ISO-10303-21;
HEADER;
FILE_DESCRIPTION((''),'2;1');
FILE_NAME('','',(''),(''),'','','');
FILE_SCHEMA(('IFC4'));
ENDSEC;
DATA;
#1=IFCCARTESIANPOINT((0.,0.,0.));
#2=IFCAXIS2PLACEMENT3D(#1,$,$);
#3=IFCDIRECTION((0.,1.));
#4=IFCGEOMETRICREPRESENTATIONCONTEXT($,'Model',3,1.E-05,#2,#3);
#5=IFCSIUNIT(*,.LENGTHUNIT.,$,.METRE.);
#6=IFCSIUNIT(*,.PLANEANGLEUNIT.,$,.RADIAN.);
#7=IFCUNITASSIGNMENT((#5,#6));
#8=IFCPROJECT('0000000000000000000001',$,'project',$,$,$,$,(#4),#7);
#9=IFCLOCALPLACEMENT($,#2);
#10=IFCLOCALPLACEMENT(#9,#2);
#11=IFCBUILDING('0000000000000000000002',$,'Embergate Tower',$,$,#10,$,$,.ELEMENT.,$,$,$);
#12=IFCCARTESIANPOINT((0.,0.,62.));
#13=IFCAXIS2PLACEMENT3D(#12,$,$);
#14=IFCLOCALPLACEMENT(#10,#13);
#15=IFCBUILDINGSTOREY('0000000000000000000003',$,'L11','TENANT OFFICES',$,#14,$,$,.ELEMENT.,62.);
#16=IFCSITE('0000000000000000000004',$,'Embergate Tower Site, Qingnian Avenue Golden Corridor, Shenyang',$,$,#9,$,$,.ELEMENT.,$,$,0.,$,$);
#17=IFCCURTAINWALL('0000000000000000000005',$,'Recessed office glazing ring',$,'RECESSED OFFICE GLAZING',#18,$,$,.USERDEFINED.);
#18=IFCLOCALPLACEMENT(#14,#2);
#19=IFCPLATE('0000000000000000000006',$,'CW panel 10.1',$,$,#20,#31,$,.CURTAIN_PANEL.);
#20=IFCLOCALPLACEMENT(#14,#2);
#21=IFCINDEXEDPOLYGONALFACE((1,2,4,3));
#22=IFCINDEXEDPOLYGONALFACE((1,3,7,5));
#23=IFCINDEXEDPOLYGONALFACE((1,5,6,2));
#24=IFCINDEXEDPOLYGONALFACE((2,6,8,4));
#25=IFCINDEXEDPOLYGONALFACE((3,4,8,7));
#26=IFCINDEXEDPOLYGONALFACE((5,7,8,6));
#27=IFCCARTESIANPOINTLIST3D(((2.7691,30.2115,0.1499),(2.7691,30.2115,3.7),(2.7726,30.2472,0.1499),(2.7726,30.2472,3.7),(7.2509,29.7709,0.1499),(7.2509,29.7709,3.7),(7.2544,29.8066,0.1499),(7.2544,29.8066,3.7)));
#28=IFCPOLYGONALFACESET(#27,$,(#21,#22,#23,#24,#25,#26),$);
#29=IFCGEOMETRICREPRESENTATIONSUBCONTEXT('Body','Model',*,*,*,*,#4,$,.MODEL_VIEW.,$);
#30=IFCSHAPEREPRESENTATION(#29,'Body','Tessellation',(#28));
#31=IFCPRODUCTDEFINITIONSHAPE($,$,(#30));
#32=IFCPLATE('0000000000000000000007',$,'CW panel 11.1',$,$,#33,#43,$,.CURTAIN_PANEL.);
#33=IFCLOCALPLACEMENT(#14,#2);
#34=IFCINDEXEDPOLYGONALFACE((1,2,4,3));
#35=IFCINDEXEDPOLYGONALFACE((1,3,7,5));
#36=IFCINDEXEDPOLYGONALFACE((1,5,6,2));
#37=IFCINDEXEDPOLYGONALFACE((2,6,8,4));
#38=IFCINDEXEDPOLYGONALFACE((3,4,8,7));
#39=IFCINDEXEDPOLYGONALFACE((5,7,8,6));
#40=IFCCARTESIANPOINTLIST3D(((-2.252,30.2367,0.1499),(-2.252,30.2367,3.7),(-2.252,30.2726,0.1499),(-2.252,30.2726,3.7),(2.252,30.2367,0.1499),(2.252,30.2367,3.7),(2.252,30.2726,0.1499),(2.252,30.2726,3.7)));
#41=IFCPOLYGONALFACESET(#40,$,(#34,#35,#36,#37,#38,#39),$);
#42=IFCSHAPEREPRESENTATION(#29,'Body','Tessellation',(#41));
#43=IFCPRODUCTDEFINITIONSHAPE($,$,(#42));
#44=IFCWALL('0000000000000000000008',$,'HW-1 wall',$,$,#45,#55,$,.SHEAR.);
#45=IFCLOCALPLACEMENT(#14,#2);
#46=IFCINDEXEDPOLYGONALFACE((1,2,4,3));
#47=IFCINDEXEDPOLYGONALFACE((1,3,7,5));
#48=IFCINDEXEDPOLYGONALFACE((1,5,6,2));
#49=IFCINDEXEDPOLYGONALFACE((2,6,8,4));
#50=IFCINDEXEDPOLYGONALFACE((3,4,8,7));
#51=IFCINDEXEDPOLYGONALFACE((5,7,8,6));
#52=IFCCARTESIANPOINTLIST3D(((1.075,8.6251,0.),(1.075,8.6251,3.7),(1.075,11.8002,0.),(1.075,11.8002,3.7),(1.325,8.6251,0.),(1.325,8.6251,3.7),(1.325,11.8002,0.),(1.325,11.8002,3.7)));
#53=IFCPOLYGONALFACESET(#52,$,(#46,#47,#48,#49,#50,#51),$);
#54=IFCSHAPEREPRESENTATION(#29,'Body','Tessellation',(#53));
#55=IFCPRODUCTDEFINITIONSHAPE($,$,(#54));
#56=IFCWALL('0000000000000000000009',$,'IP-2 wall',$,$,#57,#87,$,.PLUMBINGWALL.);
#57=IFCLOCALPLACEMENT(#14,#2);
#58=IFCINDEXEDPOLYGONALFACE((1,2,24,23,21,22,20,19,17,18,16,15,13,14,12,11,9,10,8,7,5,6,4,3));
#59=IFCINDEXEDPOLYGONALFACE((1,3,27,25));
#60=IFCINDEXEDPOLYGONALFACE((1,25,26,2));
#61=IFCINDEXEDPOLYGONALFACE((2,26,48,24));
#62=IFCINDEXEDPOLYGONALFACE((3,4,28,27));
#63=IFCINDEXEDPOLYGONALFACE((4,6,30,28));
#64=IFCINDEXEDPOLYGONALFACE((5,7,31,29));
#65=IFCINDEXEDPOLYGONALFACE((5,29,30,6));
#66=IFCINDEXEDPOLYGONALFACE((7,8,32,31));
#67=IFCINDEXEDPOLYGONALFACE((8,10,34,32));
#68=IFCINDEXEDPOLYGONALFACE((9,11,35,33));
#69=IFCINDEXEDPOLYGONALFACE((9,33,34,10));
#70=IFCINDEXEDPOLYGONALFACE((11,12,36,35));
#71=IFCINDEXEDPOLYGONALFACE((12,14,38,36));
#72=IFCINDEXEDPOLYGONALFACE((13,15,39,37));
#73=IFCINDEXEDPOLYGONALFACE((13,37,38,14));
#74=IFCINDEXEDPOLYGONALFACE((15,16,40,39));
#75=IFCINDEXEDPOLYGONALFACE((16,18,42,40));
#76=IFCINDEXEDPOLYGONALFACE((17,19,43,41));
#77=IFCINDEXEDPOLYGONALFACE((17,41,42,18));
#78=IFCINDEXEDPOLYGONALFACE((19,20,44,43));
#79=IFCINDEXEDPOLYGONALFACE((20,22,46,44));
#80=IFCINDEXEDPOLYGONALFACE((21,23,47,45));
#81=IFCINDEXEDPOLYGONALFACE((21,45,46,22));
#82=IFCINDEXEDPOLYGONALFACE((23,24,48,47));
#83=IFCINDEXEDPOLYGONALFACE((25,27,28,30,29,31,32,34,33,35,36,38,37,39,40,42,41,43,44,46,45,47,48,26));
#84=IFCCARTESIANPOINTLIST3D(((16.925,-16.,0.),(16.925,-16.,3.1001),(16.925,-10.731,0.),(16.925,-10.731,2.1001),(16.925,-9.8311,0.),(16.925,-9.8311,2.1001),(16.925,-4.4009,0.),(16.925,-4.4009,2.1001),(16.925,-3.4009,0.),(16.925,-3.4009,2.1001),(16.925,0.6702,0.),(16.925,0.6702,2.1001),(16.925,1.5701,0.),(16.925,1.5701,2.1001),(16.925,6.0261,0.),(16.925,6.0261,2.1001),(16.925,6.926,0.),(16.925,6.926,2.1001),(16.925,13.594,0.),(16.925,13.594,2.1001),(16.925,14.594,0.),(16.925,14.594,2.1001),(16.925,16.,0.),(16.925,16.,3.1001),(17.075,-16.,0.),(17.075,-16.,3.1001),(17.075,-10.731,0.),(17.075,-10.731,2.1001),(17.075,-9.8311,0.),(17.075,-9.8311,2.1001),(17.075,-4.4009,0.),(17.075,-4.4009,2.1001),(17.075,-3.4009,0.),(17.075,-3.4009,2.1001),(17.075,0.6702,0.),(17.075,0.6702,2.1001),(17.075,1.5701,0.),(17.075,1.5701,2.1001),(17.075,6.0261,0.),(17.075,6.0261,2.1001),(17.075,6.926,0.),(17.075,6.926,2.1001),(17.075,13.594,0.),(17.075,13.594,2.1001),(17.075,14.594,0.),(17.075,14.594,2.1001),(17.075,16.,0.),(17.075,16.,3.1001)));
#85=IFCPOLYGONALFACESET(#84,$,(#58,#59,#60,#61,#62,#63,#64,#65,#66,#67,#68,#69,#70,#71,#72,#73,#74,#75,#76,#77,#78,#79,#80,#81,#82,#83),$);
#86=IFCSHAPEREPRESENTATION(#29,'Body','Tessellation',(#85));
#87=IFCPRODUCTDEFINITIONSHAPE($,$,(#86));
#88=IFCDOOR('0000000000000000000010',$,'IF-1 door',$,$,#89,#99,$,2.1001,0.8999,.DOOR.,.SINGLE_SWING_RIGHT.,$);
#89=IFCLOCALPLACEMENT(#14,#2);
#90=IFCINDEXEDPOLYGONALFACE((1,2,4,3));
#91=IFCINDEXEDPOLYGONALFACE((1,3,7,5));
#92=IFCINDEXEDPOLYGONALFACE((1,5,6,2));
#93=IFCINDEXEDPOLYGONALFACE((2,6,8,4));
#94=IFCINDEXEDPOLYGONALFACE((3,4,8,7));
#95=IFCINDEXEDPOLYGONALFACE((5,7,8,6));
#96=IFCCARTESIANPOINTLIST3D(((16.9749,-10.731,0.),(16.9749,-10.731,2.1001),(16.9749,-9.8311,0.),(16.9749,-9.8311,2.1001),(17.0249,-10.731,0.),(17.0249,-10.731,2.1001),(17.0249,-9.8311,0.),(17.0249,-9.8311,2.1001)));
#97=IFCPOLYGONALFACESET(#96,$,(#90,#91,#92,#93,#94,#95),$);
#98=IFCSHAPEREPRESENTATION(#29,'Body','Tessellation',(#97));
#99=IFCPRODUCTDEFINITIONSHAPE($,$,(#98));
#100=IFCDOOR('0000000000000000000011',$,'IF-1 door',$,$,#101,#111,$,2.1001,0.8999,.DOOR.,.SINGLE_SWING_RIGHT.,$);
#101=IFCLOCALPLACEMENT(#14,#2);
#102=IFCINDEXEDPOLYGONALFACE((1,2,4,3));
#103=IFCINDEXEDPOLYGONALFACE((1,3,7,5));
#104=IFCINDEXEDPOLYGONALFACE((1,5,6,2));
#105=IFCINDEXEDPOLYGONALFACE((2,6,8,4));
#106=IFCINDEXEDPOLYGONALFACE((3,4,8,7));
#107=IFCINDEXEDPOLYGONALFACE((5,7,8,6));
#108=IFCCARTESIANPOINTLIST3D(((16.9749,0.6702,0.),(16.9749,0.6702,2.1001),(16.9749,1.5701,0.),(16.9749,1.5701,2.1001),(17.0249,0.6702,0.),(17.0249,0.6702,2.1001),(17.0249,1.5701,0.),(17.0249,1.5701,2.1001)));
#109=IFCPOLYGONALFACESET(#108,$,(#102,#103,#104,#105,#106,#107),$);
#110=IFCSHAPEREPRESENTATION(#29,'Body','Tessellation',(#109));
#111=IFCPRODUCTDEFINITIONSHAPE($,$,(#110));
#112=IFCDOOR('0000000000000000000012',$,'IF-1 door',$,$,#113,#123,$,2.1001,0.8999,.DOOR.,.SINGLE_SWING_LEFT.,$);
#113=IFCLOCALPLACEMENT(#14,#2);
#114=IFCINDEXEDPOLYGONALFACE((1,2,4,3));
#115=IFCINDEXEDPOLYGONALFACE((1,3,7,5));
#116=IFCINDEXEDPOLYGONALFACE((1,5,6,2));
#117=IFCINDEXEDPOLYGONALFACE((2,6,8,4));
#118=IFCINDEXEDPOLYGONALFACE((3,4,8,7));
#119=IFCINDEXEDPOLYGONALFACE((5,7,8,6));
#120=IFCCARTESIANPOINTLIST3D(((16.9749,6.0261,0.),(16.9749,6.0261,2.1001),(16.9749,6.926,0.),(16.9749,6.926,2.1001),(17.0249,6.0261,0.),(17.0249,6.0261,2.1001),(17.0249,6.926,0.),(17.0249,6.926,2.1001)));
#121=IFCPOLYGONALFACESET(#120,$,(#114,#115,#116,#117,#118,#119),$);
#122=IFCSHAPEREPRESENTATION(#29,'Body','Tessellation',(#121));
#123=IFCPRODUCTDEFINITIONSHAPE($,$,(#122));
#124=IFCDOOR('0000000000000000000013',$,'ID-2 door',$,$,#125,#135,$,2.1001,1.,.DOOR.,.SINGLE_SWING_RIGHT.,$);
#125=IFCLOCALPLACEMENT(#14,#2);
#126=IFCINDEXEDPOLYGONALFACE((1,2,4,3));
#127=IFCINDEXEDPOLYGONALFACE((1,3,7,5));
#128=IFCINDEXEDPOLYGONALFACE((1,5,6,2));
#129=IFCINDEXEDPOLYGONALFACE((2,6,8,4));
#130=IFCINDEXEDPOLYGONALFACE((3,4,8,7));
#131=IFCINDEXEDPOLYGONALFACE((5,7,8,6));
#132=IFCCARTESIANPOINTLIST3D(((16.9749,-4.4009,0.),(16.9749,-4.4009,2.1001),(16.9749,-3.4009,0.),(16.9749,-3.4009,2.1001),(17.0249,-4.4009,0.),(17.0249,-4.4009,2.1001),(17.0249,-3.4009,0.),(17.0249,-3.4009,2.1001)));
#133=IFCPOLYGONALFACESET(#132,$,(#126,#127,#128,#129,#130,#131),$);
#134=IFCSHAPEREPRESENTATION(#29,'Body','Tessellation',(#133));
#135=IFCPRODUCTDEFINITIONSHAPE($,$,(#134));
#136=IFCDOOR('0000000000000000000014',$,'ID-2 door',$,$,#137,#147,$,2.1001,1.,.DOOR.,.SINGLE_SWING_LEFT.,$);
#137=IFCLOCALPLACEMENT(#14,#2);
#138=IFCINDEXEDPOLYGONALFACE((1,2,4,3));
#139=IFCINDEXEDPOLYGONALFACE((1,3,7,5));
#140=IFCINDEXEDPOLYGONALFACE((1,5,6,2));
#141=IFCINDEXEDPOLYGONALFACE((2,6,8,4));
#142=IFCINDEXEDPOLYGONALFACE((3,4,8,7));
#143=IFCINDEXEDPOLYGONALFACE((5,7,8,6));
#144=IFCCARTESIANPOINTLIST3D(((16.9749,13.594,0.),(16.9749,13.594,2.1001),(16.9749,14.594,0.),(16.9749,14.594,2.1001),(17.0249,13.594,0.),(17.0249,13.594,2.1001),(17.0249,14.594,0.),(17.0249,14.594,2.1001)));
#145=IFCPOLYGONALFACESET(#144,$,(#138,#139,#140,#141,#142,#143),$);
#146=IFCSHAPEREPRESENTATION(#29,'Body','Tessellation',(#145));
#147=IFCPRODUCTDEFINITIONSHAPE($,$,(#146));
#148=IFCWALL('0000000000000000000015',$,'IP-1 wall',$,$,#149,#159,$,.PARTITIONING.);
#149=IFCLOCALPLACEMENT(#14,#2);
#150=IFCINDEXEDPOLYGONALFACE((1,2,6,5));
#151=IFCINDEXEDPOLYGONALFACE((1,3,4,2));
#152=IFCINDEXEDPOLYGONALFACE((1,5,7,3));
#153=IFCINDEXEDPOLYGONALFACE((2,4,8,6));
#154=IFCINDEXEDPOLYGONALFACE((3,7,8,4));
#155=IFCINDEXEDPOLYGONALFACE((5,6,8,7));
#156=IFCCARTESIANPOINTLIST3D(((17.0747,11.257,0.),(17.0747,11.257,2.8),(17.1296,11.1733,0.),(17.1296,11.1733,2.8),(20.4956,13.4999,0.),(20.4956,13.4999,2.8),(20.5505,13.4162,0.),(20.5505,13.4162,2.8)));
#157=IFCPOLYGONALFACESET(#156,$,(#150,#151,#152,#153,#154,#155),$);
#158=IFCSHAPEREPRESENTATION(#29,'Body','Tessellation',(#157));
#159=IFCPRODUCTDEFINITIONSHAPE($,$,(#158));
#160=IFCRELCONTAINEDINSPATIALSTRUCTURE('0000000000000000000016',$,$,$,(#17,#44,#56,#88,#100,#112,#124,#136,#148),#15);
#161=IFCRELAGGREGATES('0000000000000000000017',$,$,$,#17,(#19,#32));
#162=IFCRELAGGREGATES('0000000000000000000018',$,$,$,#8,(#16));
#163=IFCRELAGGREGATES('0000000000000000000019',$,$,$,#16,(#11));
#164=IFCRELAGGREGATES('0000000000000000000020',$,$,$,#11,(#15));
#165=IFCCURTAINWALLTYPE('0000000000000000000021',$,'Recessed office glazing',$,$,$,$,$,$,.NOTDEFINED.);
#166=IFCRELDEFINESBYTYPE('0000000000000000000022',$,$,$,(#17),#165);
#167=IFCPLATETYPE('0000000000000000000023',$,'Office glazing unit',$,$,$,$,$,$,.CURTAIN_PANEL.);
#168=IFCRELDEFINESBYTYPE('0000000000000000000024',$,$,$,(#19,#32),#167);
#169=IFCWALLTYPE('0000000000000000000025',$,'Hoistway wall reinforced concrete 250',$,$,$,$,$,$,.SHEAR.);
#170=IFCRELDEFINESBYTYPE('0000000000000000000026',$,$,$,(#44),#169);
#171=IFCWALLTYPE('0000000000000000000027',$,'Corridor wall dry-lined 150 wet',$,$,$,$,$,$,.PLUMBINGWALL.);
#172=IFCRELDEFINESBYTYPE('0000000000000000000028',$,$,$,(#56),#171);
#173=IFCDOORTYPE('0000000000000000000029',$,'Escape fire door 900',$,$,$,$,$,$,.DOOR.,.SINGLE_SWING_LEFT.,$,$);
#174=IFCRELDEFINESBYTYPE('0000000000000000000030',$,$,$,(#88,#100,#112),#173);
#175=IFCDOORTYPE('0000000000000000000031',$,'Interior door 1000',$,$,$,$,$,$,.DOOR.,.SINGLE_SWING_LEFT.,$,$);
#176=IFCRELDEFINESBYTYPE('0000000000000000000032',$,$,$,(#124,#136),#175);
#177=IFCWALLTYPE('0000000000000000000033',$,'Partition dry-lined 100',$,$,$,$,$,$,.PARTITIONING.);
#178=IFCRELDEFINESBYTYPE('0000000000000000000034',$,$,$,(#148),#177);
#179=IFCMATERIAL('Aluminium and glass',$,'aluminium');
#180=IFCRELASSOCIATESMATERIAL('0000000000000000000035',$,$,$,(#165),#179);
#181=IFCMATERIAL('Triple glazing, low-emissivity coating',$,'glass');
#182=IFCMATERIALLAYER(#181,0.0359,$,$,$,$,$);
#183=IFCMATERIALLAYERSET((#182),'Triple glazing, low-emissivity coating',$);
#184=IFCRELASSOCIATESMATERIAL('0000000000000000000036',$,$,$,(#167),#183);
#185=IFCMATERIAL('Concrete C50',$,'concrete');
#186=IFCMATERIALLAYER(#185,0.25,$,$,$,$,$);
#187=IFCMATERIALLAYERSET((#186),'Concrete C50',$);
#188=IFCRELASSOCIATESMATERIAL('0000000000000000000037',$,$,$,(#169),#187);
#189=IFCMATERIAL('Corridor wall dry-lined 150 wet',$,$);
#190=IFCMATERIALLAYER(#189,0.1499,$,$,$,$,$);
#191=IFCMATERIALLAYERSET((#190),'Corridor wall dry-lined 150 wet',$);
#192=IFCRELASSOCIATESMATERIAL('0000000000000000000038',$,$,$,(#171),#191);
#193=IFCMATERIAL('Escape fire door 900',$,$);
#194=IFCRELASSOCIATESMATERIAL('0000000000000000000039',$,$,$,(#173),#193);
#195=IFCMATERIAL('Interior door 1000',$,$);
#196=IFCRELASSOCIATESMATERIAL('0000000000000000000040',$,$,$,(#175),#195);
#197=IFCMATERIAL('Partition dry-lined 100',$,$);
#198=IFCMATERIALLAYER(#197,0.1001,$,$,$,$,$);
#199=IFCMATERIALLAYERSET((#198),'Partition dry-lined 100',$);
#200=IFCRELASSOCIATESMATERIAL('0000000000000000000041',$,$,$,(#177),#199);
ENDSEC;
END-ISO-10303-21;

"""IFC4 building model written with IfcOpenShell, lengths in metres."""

from ifc_helpers import new_model, si_unit, direction, frame, frame_2d, origin, origin_2d, place, context, subcontext, project, spatial, rectangle, extrude, source, transform, mapped, material, layer, layer_set, type_object, element, fill, aggregate, save


model = new_model("IFC4")

# Units and contexts
model_context = context("Model", 3, precision=1e-05, world=origin(), true_north=direction((0.0, 1.0)))
body_context = subcontext(model_context, "Body", "Model", "MODEL_VIEW")
ifc_project = project(units=[si_unit("LENGTHUNIT", "METRE"), si_unit("PLANEANGLEUNIT", "RADIAN")], contexts=[model_context])

# Site, building, storey
site_placement = place(None, origin())
site = spatial("IfcSite", under=ifc_project, at=site_placement, Name="Embergate Tower Site, Qingnian Avenue Golden Corridor, Shenyang", CompositionType="ELEMENT", RefElevation=0.0)
building_placement = place(site_placement, origin())
building = spatial("IfcBuilding", under=site, at=building_placement, Name="Embergate Tower", CompositionType="ELEMENT")
storey_placement = place(building_placement, frame((0.0, 0.0, 62.0)))
storey = spatial("IfcBuildingStorey", under=building, at=storey_placement, Name="L11", Description="TENANT OFFICES", CompositionType="ELEMENT", Elevation=62.0)

# Curtain wall, plates
ifc_material_1 = material(Name="Aluminium and glass", Category="aluminium")
curtain_wall_type = type_object("IfcCurtainWallType", Name="Recessed office glazing", PredefinedType="NOTDEFINED", material=ifc_material_1)
curtain_wall_placement = place(storey_placement, origin())
curtain_wall = element("IfcCurtainWall", 1, at=curtain_wall_placement, inside=storey, type_object=curtain_wall_type, Name="Recessed office glazing ring", ObjectType="RECESSED OFFICE GLAZING", PredefinedType="USERDEFINED")
ifc_material_2 = material(Name="Triple glazing, low-emissivity coating", Category="glass")
ifc_layer_1 = layer(ifc_material_2, 0.0359)
ifc_layer_set_1 = layer_set([ifc_layer_1], Name="Triple glazing, low-emissivity coating")
plate_type = type_object("IfcPlateType", Name="Office glazing unit", PredefinedType="CURTAIN_PANEL", material=ifc_layer_set_1)
shared_shape_1 = source(origin(), body_context, "Body", "SweptSolid", [
    extrude(rectangle(XDim=4.5034, YDim=0.0359, at=origin_2d()), origin(), (0.0, 0.0, 1.0), 3.55),
])
plate_1_placement = place(storey_placement, frame((5.0117, 30.009, 0.1499), z_axis=(0.0, 0.0, 1.0), x_axis=(-0.995203, 0.097831, 0.0)))
plate_1 = element("IfcPlate", 2, at=plate_1_placement, type_object=plate_type, Name="CW panel 10.1", PredefinedType="CURTAIN_PANEL", context=body_context, shape_type="MappedRepresentation", body=[
    mapped(shared_shape_1, transform((0.0, 0.0, 0.0))),
])
shared_shape_2 = source(origin(), body_context, "Body", "SweptSolid", [
    extrude(rectangle(XDim=4.5039, YDim=0.0359, at=origin_2d()), origin(), (0.0, 0.0, 1.0), 3.55),
])
plate_2_placement = place(storey_placement, frame((0.0, 30.2546, 0.1499), z_axis=(0.0, 0.0, 1.0), x_axis=(-1.0, 0.0, 0.0)))
plate_2 = element("IfcPlate", 3, at=plate_2_placement, type_object=plate_type, Name="CW panel 11.1", PredefinedType="CURTAIN_PANEL", context=body_context, shape_type="MappedRepresentation", body=[
    mapped(shared_shape_2, transform((0.0, 0.0, 0.0))),
])
aggregate(curtain_wall, [plate_1, plate_2])

# Wall
ifc_material_3 = material(Name="Concrete C50", Category="concrete")
ifc_layer_2 = layer(ifc_material_3, 0.25)
ifc_layer_set_2 = layer_set([ifc_layer_2], Name="Concrete C50")
wall_type_1 = type_object("IfcWallType", Name="Hoistway wall reinforced concrete 250", PredefinedType="SHEAR", material=ifc_layer_set_2)
shared_shape_3 = source(origin(), body_context, "Body", "SweptSolid", [
    extrude(rectangle(XDim=3.175, YDim=0.25, at=frame_2d((1.5874, 0.0))), origin(), (0.0, 0.0, 1.0), 3.7),
])
wall_1_placement = place(storey_placement, frame((1.2, 11.8, 0.0), z_axis=(0.0, 0.0, 1.0), x_axis=(0.0, -1.0, 0.0)))
element("IfcWall", 4, at=wall_1_placement, inside=storey, type_object=wall_type_1, Name="HW-1 wall", PredefinedType="SHEAR", context=body_context, shape_type="MappedRepresentation", body=[
    mapped(shared_shape_3, transform((0.0, 0.0, 0.0))),
])

# Wall, openings, doors
ifc_material_4 = material(Name="Corridor wall dry-lined 150 wet")
ifc_layer_3 = layer(ifc_material_4, 0.1499)
ifc_layer_set_3 = layer_set([ifc_layer_3], Name="Corridor wall dry-lined 150 wet")
wall_type_2 = type_object("IfcWallType", Name="Corridor wall dry-lined 150 wet", PredefinedType="PLUMBINGWALL", material=ifc_layer_set_3)
shared_shape_4 = source(origin(), body_context, "Body", "SweptSolid", [
    extrude(rectangle(XDim=32.0, YDim=0.1499, at=frame_2d((16.0, 0.0))), origin(), (0.0, 0.0, 1.0), 3.1001),
])
wall_2_placement = place(storey_placement, frame((17.0, 16.0, 0.0), z_axis=(0.0, 0.0, 1.0), x_axis=(0.0, -1.0, 0.0)))
wall_2 = element("IfcWall", 5, at=wall_2_placement, inside=storey, type_object=wall_type_2, Name="IP-2 wall", PredefinedType="PLUMBINGWALL", context=body_context, shape_type="MappedRepresentation", body=[
    mapped(shared_shape_4, transform((0.0, 0.0, 0.0))),
])
shared_shape_5 = source(origin(), body_context, "Body", "SweptSolid", [
    extrude(rectangle(XDim=0.8999, YDim=2.1001, at=frame_2d((0.45, 1.05))), frame((0.0, 0.085, 0.0), z_axis=(0.0, -1.0, 0.0), x_axis=(1.0, 0.0, 0.0)), (0.0, 0.0, 1.0), 0.1699),
])
opening_1_placement = place(wall_2_placement, frame((25.8311, 0.0, 0.0)))
opening_1 = element("IfcOpeningElement", 6, at=opening_1_placement, cuts=wall_2, PredefinedType="OPENING", context=body_context, shape_type="MappedRepresentation", body=[
    mapped(shared_shape_5, transform((0.0, 0.0, 0.0))),
])
shared_shape_6 = source(origin(), body_context, "Body", "SweptSolid", [
    extrude(rectangle(XDim=1.0, YDim=2.1001, at=frame_2d((0.5, 1.05))), frame((0.0, 0.085, 0.0), z_axis=(0.0, -1.0, 0.0), x_axis=(1.0, 0.0, 0.0)), (0.0, 0.0, 1.0), 0.1699),
])
opening_2_placement = place(wall_2_placement, frame((19.4009, 0.0, 0.0)))
opening_2 = element("IfcOpeningElement", 7, at=opening_2_placement, cuts=wall_2, PredefinedType="OPENING", context=body_context, shape_type="MappedRepresentation", body=[
    mapped(shared_shape_6, transform((0.0, 0.0, 0.0))),
])
opening_3_placement = place(wall_2_placement, frame((14.4299, 0.0, 0.0)))
opening_3 = element("IfcOpeningElement", 8, at=opening_3_placement, cuts=wall_2, PredefinedType="OPENING", context=body_context, shape_type="MappedRepresentation", body=[
    mapped(shared_shape_5, transform((0.0, 0.0, 0.0))),
])
opening_4_placement = place(wall_2_placement, frame((9.074, 0.0, 0.0)))
opening_4 = element("IfcOpeningElement", 9, at=opening_4_placement, cuts=wall_2, PredefinedType="OPENING", context=body_context, shape_type="MappedRepresentation", body=[
    mapped(shared_shape_5, transform((0.0, 0.0, 0.0))),
])
opening_5_placement = place(wall_2_placement, frame((1.406, 0.0, 0.0)))
opening_5 = element("IfcOpeningElement", 10, at=opening_5_placement, cuts=wall_2, PredefinedType="OPENING", context=body_context, shape_type="MappedRepresentation", body=[
    mapped(shared_shape_6, transform((0.0, 0.0, 0.0))),
])
ifc_material_5 = material(Name="Escape fire door 900")
door_type_1 = type_object("IfcDoorType", Name="Escape fire door 900", OperationType="SINGLE_SWING_LEFT", PredefinedType="DOOR", material=ifc_material_5)
shared_shape_7 = source(origin(), body_context, "Body", "SweptSolid", [
    extrude(rectangle(XDim=0.8999, YDim=2.1001, at=frame_2d((0.45, 1.05))), frame((0.0, 0.0249, 0.0), z_axis=(0.0, -1.0, 0.0), x_axis=(1.0, 0.0, 0.0)), (0.0, 0.0, 1.0), 0.05),
])
door_1_placement = place(opening_1_placement, origin())
door_1 = element("IfcDoor", 11, at=door_1_placement, inside=storey, type_object=door_type_1, Name="IF-1 door", OperationType="SINGLE_SWING_RIGHT", OverallHeight=2.1001, OverallWidth=0.8999, PredefinedType="DOOR", context=body_context, shape_type="MappedRepresentation", body=[
    mapped(shared_shape_7, transform((0.0, 0.0, 0.0))),
])
fill(opening_1, door_1)
door_2_placement = place(opening_3_placement, origin())
door_2 = element("IfcDoor", 12, at=door_2_placement, inside=storey, type_object=door_type_1, Name="IF-1 door", OperationType="SINGLE_SWING_RIGHT", OverallHeight=2.1001, OverallWidth=0.8999, PredefinedType="DOOR", context=body_context, shape_type="MappedRepresentation", body=[
    mapped(shared_shape_7, transform((0.0, 0.0, 0.0))),
])
fill(opening_3, door_2)
door_3_placement = place(opening_4_placement, origin())
door_3 = element("IfcDoor", 13, at=door_3_placement, inside=storey, type_object=door_type_1, Name="IF-1 door", OperationType="SINGLE_SWING_LEFT", OverallHeight=2.1001, OverallWidth=0.8999, PredefinedType="DOOR", context=body_context, shape_type="MappedRepresentation", body=[
    mapped(shared_shape_7, transform((0.0, 0.0, 0.0))),
])
fill(opening_4, door_3)
ifc_material_6 = material(Name="Interior door 1000")
door_type_2 = type_object("IfcDoorType", Name="Interior door 1000", OperationType="SINGLE_SWING_LEFT", PredefinedType="DOOR", material=ifc_material_6)
shared_shape_8 = source(origin(), body_context, "Body", "SweptSolid", [
    extrude(rectangle(XDim=1.0, YDim=2.1001, at=frame_2d((0.5, 1.05))), frame((0.0, 0.0249, 0.0), z_axis=(0.0, -1.0, 0.0), x_axis=(1.0, 0.0, 0.0)), (0.0, 0.0, 1.0), 0.05),
])
door_4_placement = place(opening_2_placement, origin())
door_4 = element("IfcDoor", 14, at=door_4_placement, inside=storey, type_object=door_type_2, Name="ID-2 door", OperationType="SINGLE_SWING_RIGHT", OverallHeight=2.1001, OverallWidth=1.0, PredefinedType="DOOR", context=body_context, shape_type="MappedRepresentation", body=[
    mapped(shared_shape_8, transform((0.0, 0.0, 0.0))),
])
fill(opening_2, door_4)
door_5_placement = place(opening_5_placement, origin())
door_5 = element("IfcDoor", 15, at=door_5_placement, inside=storey, type_object=door_type_2, Name="ID-2 door", OperationType="SINGLE_SWING_LEFT", OverallHeight=2.1001, OverallWidth=1.0, PredefinedType="DOOR", context=body_context, shape_type="MappedRepresentation", body=[
    mapped(shared_shape_8, transform((0.0, 0.0, 0.0))),
])
fill(opening_5, door_5)

# Wall
ifc_material_7 = material(Name="Partition dry-lined 100")
ifc_layer_4 = layer(ifc_material_7, 0.1001)
ifc_layer_set_4 = layer_set([ifc_layer_4], Name="Partition dry-lined 100")
wall_type_3 = type_object("IfcWallType", Name="Partition dry-lined 100", PredefinedType="PARTITIONING", material=ifc_layer_set_4)
shared_shape_9 = source(origin(), body_context, "Body", "SweptSolid", [
    extrude(rectangle(XDim=4.0906, YDim=0.1001, at=frame_2d((2.0454, 0.0))), origin(), (0.0, 0.0, 1.0), 2.8),
])
wall_3_placement = place(storey_placement, frame((17.1021, 11.2151, 0.0), z_axis=(0.0, 0.0, 1.0), x_axis=(0.836277, 0.548307, 0.0)))
element("IfcWall", 16, at=wall_3_placement, inside=storey, type_object=wall_type_3, Name="IP-1 wall", PredefinedType="PARTITIONING", context=body_context, shape_type="MappedRepresentation", body=[
    mapped(shared_shape_9, transform((0.0, 0.0, 0.0))),
])

save(model, "model.ifc")
